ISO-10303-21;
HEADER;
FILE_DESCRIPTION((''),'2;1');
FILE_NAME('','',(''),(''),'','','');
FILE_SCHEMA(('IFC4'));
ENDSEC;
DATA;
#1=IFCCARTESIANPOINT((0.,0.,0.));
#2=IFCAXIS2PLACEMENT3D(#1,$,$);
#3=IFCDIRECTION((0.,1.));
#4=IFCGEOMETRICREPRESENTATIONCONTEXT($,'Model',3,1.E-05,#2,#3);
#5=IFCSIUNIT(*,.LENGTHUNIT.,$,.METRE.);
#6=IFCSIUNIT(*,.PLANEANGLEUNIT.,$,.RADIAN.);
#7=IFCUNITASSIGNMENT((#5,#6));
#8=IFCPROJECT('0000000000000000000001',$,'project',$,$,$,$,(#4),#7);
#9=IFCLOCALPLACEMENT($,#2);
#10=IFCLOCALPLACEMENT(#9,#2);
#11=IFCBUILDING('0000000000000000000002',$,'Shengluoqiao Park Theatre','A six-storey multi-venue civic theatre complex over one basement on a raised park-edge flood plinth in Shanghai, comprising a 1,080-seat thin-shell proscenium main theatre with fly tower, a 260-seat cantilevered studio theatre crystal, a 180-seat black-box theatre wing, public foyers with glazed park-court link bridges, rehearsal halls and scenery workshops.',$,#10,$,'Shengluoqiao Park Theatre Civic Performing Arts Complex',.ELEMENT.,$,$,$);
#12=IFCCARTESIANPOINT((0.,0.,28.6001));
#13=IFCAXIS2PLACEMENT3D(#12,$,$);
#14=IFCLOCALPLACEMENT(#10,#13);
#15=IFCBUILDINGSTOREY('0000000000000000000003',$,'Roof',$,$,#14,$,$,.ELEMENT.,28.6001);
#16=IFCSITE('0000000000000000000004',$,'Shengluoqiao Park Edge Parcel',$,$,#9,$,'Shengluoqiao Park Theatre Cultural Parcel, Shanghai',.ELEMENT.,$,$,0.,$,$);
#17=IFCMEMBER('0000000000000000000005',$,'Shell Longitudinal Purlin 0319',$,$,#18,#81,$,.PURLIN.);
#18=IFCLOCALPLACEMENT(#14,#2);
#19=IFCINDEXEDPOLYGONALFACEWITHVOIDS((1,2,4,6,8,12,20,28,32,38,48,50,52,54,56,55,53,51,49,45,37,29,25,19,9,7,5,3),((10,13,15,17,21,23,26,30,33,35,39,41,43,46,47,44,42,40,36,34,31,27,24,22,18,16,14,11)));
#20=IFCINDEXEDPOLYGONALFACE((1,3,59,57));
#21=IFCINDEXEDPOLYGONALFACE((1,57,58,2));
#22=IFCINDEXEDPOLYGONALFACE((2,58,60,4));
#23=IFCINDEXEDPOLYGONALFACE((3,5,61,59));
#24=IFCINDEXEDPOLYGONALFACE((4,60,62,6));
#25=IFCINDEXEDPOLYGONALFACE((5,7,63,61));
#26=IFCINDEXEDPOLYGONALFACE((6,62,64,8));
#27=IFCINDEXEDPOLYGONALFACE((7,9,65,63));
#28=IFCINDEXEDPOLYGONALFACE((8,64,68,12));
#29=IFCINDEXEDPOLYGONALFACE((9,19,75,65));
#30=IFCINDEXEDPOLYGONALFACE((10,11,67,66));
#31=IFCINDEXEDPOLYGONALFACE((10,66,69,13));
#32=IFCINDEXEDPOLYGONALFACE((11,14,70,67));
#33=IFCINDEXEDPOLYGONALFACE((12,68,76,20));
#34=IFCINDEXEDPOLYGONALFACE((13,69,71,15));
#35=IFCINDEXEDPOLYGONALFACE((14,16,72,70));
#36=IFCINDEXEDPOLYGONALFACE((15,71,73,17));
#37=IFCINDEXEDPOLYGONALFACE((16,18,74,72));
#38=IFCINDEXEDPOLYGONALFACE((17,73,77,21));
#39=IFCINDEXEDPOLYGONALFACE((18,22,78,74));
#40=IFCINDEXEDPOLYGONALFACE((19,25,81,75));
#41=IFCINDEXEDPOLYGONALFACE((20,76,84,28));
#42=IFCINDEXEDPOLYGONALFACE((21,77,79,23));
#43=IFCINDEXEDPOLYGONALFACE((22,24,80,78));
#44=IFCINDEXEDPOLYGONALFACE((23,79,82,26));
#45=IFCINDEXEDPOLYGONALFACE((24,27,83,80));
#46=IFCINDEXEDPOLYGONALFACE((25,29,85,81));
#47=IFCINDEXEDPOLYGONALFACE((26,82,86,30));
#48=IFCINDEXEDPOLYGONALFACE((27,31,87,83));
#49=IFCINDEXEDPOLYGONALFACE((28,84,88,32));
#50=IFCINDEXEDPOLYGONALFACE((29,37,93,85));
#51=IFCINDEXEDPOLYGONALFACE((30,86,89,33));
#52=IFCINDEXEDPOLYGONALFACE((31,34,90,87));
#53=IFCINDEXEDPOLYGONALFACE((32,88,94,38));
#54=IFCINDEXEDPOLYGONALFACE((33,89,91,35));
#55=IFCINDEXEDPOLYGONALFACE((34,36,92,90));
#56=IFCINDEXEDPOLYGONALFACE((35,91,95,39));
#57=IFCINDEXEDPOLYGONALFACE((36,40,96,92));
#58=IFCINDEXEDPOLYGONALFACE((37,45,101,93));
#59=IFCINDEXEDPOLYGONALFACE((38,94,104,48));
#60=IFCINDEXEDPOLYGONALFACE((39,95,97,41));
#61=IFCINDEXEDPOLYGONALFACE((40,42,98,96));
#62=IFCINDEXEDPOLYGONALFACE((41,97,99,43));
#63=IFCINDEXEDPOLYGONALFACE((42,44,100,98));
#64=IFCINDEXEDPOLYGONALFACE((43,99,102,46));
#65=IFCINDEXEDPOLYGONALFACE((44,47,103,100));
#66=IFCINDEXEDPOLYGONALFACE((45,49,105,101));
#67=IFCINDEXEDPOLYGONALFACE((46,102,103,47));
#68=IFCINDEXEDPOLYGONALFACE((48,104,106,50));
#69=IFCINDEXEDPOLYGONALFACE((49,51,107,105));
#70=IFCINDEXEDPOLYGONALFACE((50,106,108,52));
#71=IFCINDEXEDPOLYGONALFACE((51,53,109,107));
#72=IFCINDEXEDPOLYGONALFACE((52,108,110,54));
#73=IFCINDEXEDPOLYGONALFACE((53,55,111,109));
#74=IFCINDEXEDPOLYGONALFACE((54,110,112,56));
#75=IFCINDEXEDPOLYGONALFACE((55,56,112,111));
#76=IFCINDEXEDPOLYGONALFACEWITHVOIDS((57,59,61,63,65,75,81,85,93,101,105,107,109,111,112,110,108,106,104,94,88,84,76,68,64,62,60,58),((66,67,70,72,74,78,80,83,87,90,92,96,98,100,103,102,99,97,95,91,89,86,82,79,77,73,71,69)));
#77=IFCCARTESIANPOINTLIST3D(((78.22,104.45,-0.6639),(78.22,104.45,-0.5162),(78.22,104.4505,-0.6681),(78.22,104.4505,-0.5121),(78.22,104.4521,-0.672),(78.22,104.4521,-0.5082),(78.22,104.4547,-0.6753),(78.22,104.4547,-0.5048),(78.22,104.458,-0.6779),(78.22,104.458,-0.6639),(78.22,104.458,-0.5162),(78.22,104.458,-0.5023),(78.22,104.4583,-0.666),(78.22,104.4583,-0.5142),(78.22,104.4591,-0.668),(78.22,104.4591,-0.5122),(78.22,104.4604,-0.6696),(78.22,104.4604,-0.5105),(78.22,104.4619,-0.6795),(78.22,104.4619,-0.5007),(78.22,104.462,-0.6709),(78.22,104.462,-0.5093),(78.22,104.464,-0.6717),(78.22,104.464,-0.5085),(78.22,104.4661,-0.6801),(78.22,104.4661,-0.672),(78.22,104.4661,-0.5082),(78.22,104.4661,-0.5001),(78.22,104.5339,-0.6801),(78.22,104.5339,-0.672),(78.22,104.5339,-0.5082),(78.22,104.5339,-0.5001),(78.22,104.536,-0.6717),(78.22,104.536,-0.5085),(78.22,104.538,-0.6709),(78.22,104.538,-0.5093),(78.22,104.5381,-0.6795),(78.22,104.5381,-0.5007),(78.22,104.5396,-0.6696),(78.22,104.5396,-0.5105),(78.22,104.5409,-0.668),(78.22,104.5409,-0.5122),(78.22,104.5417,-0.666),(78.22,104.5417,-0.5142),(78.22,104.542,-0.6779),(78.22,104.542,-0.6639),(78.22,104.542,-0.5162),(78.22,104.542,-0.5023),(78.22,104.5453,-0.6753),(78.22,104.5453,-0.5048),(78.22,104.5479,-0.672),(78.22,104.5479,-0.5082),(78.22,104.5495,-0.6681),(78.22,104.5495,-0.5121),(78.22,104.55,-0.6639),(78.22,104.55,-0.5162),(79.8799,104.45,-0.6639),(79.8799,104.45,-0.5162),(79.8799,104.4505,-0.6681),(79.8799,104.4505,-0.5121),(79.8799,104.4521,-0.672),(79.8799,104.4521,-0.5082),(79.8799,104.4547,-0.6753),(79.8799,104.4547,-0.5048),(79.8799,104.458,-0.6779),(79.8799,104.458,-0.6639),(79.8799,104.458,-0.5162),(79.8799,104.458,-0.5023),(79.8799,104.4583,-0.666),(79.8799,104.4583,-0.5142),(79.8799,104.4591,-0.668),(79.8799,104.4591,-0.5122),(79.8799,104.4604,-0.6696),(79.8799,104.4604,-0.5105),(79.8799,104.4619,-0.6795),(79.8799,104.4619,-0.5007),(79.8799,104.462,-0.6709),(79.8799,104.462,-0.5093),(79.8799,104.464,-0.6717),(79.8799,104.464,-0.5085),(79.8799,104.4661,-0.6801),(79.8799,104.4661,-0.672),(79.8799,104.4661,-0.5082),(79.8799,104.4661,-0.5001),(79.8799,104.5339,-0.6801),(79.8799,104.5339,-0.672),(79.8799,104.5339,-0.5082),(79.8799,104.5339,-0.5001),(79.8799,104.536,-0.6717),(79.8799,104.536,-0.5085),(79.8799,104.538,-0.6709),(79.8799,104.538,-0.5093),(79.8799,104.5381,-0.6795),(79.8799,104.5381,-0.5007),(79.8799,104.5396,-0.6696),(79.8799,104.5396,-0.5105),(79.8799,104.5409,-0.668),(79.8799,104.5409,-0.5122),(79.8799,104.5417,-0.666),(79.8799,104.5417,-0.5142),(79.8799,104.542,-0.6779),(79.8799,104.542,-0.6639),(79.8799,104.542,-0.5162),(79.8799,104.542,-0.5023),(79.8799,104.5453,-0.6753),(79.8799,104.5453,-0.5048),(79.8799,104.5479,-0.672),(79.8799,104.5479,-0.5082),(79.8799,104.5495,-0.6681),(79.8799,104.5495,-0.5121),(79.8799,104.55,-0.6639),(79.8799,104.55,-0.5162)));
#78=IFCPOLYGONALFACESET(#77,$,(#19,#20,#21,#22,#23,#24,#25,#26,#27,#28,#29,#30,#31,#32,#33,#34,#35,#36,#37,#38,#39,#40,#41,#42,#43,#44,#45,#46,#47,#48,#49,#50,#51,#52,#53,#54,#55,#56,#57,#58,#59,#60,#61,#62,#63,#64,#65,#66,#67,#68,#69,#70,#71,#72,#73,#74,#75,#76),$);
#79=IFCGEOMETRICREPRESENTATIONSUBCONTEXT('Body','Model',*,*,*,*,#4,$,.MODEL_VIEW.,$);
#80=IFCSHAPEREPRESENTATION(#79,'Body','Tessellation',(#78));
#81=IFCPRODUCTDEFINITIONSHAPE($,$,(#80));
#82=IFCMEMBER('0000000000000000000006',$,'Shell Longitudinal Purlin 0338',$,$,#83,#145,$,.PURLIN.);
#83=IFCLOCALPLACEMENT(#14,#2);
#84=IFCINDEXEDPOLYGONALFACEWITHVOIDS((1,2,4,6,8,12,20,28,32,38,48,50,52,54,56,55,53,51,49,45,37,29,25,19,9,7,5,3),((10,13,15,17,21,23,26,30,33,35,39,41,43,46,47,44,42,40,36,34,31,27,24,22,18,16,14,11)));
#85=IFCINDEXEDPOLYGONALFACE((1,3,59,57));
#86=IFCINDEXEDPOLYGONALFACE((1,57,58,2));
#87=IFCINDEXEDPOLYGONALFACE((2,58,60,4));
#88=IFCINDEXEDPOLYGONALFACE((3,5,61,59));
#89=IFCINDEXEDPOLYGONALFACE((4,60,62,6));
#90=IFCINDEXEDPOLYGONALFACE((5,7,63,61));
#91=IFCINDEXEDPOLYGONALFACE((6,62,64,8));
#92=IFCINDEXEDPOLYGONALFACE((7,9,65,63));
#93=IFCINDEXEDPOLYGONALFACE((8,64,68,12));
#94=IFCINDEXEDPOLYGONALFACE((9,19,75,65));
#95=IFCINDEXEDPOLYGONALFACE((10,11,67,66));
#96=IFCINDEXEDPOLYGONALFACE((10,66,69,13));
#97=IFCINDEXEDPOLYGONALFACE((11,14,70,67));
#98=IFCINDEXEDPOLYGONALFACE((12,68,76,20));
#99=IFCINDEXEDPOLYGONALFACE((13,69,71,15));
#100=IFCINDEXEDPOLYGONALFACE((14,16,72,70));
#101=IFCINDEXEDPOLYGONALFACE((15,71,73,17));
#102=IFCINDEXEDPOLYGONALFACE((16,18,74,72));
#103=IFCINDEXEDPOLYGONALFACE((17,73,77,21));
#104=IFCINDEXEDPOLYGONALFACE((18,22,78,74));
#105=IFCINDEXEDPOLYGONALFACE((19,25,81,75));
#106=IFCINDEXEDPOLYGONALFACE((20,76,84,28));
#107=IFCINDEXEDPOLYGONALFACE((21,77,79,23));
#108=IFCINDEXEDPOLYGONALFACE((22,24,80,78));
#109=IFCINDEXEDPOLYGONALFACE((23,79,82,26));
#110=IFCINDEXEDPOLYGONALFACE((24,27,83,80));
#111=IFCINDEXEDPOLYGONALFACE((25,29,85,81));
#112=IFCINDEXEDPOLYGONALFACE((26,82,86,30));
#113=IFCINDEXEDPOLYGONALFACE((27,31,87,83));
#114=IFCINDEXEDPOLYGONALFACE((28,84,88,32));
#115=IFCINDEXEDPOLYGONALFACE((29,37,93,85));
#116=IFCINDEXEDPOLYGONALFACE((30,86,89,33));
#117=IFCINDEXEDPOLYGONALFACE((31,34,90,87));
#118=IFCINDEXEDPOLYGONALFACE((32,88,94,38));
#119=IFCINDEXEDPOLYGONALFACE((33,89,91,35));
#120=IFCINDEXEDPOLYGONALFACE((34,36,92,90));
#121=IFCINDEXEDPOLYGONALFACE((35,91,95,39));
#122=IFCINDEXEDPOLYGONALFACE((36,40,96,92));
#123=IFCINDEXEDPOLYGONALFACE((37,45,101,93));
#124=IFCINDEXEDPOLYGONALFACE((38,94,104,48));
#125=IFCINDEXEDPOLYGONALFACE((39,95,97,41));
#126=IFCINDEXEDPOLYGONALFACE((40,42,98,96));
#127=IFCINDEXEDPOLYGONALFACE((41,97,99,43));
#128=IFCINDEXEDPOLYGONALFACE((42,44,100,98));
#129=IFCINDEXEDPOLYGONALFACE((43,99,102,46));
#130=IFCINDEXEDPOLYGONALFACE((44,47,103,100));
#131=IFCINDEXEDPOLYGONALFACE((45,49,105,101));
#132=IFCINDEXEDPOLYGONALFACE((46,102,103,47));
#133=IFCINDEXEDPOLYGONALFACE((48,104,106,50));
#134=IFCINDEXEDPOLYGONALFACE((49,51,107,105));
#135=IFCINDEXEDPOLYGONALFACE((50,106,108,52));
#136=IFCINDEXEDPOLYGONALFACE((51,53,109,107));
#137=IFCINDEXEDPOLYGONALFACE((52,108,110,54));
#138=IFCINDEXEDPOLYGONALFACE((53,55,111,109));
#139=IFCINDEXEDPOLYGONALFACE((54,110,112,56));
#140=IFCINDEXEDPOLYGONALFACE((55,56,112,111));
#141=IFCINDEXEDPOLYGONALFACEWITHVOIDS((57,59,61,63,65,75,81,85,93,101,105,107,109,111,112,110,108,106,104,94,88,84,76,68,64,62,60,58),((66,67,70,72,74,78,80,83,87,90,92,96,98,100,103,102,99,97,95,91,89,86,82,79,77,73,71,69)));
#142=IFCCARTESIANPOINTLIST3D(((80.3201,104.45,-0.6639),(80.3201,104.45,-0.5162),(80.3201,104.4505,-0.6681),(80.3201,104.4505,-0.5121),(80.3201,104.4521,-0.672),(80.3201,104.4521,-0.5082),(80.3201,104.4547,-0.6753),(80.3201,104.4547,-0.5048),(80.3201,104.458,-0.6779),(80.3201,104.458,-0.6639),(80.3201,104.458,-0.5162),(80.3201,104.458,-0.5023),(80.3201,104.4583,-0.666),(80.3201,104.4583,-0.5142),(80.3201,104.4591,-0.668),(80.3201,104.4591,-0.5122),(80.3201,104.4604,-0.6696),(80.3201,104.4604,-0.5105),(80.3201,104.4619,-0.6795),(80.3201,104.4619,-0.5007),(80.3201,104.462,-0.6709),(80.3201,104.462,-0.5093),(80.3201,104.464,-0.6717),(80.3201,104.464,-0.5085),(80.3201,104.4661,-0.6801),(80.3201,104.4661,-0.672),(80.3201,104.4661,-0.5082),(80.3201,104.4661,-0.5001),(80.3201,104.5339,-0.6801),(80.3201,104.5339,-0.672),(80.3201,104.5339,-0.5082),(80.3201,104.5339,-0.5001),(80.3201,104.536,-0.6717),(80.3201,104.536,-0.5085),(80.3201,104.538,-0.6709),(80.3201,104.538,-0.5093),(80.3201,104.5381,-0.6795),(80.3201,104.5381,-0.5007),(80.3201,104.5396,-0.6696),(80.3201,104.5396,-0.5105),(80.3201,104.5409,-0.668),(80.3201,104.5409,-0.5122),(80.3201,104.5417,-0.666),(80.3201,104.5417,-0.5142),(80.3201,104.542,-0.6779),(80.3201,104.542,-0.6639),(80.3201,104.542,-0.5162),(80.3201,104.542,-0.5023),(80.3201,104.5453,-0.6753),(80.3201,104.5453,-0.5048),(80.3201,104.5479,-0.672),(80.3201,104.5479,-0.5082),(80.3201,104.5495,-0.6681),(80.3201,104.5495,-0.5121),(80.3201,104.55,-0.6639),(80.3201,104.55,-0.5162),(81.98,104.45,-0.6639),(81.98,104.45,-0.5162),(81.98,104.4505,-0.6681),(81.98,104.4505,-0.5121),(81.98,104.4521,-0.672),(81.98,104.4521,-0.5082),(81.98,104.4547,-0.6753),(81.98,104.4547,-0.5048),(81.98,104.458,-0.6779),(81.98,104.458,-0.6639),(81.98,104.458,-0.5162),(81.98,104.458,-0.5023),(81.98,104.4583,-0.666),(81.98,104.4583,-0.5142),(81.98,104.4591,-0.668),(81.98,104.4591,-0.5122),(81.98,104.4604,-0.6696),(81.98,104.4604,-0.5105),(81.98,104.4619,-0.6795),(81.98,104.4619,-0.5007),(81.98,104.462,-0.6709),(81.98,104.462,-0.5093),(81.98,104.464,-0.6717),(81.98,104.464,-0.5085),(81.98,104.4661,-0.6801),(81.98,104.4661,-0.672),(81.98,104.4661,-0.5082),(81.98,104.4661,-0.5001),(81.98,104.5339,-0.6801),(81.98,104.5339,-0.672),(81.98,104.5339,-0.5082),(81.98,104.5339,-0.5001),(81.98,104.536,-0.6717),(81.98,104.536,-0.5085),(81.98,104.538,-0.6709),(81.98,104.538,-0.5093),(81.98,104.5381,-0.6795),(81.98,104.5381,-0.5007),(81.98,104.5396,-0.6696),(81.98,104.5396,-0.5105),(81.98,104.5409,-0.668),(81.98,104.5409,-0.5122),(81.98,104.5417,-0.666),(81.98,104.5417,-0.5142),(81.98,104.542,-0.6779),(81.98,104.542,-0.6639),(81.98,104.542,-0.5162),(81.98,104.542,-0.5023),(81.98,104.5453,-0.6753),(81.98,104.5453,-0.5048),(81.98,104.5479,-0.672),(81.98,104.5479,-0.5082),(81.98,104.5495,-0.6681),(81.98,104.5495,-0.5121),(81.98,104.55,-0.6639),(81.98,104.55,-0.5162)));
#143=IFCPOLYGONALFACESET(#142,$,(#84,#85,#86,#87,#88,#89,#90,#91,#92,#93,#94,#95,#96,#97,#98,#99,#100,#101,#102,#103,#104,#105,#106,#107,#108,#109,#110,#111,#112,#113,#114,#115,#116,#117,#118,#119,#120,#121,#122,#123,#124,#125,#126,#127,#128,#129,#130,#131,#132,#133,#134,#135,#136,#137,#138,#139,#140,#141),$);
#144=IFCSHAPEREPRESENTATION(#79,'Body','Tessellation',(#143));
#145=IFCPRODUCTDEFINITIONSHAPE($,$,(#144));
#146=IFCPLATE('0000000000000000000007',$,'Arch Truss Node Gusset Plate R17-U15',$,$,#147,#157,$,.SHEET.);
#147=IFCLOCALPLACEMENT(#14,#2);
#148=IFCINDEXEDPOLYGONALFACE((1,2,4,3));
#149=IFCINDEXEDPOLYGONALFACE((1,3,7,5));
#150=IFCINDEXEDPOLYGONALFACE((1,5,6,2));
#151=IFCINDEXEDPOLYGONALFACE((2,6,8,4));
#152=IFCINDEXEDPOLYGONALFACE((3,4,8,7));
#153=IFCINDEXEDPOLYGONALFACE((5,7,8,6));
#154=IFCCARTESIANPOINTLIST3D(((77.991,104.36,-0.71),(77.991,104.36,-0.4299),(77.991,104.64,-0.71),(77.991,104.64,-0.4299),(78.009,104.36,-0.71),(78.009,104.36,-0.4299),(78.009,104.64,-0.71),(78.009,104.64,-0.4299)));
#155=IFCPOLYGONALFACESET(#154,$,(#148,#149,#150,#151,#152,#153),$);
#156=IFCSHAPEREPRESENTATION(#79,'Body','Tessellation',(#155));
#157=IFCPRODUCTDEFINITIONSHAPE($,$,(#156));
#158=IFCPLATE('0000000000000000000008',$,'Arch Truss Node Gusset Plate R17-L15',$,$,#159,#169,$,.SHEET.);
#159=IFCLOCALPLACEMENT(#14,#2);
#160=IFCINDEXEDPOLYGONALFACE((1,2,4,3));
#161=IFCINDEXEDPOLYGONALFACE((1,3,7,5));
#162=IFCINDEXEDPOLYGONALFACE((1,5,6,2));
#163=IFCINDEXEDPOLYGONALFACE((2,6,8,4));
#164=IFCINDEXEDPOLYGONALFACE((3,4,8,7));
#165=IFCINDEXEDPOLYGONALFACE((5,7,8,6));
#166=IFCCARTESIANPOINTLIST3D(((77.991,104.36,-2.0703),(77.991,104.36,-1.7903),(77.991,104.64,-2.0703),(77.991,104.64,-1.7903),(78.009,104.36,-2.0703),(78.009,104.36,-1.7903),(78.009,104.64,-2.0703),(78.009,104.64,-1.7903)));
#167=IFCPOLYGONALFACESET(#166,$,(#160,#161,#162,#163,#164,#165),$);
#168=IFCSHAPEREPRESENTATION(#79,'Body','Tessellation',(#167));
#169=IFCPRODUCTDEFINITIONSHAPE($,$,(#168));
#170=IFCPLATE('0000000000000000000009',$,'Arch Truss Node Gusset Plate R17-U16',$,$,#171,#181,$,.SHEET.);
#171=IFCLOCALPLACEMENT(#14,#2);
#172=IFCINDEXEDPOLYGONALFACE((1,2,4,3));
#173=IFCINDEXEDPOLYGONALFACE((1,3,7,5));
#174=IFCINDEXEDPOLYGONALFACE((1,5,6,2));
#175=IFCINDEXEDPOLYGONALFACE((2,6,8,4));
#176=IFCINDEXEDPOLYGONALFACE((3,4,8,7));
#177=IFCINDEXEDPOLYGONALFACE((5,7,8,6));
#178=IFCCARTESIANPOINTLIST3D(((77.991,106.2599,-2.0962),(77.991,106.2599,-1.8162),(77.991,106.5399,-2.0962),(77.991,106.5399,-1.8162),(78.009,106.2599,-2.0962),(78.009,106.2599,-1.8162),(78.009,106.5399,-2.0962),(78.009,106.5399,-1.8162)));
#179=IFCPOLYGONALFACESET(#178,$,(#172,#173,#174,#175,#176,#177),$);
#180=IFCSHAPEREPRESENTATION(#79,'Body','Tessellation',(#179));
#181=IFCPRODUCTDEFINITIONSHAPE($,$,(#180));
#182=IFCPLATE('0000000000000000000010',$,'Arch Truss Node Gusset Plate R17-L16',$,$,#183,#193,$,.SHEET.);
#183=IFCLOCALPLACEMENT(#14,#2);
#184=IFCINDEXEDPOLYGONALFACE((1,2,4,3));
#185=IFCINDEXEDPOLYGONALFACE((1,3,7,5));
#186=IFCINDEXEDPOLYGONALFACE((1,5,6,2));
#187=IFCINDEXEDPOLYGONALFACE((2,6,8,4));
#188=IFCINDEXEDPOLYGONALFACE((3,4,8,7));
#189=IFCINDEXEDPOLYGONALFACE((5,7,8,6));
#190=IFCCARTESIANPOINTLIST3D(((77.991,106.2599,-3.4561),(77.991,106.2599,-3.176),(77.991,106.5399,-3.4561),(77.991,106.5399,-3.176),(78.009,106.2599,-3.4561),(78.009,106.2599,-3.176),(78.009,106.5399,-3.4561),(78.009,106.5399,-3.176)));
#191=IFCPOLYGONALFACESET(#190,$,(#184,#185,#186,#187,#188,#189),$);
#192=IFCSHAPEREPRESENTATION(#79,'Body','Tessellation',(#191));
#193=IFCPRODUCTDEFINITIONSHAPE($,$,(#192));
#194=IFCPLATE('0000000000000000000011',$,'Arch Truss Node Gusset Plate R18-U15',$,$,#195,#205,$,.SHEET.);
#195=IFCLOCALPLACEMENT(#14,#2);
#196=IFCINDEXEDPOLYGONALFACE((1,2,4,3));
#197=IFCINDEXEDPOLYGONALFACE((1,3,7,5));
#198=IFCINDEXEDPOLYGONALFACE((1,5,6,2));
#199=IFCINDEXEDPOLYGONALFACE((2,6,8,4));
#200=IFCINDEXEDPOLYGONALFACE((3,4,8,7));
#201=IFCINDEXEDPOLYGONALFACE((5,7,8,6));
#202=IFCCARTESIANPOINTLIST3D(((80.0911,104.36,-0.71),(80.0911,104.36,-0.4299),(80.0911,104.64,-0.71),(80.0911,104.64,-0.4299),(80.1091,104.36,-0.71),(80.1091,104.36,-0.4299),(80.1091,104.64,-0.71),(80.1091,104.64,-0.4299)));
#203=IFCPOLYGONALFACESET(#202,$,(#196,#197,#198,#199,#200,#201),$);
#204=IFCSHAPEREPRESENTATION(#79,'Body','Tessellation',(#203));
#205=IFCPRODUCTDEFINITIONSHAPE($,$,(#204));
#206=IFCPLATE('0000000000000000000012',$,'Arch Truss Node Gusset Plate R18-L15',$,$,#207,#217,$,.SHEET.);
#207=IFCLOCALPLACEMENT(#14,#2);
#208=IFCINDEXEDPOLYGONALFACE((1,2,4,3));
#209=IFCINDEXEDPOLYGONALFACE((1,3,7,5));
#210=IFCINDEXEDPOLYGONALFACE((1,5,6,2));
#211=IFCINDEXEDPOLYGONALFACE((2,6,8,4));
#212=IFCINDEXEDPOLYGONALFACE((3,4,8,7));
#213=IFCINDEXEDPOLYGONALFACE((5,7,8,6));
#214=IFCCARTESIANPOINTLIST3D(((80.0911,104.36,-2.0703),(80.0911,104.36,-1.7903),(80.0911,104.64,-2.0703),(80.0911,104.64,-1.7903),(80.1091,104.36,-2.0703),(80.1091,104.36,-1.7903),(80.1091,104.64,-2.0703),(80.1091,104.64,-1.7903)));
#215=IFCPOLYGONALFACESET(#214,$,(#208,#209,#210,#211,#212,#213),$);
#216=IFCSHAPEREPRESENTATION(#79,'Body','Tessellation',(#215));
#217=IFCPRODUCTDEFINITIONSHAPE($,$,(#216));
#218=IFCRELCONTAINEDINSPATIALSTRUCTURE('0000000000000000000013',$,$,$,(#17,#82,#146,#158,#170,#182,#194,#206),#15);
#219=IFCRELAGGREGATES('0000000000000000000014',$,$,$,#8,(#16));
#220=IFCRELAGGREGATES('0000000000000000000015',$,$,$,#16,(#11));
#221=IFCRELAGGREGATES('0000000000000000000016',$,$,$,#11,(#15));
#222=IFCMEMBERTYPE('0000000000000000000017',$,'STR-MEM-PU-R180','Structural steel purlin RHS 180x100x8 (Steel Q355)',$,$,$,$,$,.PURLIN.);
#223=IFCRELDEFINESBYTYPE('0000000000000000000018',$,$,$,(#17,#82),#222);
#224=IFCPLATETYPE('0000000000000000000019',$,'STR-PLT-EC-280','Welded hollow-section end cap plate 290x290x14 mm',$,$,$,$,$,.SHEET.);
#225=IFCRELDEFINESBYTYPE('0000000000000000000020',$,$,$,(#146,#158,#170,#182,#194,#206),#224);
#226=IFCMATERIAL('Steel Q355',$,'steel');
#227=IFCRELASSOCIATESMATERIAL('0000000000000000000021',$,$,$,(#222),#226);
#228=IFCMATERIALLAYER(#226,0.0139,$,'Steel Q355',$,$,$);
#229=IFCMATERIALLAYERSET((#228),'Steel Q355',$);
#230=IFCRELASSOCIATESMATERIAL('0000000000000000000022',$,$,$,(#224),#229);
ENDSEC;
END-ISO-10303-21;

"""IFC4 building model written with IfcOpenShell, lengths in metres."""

from ifc_helpers import new_model, si_unit, direction, frame, origin, origin_2d, place, context, subcontext, project, spatial, rectangle, hollow_rectangle, extrude, material, layer, layer_set, material_profile, profile_set, type_object, element, save


model = new_model("IFC4")

# Units and contexts
model_context = context("Model", 3, precision=1e-05, world=origin(), true_north=direction((0.0, 1.0)))
body_context = subcontext(model_context, "Body", "Model", "MODEL_VIEW")
ifc_project = project(units=[si_unit("LENGTHUNIT", "METRE"), si_unit("PLANEANGLEUNIT", "RADIAN")], contexts=[model_context])

# Site, building, storey
site_placement = place(None, origin())
site = spatial("IfcSite", under=ifc_project, at=site_placement, Name="Shengluoqiao Park Edge Parcel", LongName="Shengluoqiao Park Theatre Cultural Parcel, Shanghai", CompositionType="ELEMENT", RefElevation=0.0)
building_placement = place(site_placement, origin())
building = spatial("IfcBuilding", under=site, at=building_placement, Name="Shengluoqiao Park Theatre", Description="A six-storey multi-venue civic theatre complex over one basement on a raised park-edge flood plinth in Shanghai, comprising a 1,080-seat thin-shell proscenium main theatre with fly tower, a 260-seat cantilevered studio theatre crystal, a 180-seat black-box theatre wing, public foyers with glazed park-court link bridges, rehearsal halls and scenery workshops.", LongName="Shengluoqiao Park Theatre Civic Performing Arts Complex", CompositionType="ELEMENT")
storey_placement = place(building_placement, frame((0.0, 0.0, 28.6001)))
storey = spatial("IfcBuildingStorey", under=building, at=storey_placement, Name="Roof", CompositionType="ELEMENT", Elevation=28.6001)

# Shared definitions
ifc_material_1 = material(Name="Steel Q355", Category="steel")

# Members
ifc_material_profile_1 = material_profile(ifc_material_1, hollow_rectangle(XDim=0.1001, YDim=0.1799, WallThickness=0.0081, InnerFilletRadius=0.0081, OuterFilletRadius=0.0161, at=origin_2d()), Name="RHS 180x100x8")
ifc_profile_set_1 = profile_set([ifc_material_profile_1], Name="Steel Q355")
member_type_1 = type_object("IfcMemberType", Name="STR-MEM-PU-R180", Description="Structural steel purlin RHS 180x100x8 (Steel Q355)", PredefinedType="PURLIN", material=ifc_profile_set_1)
for number, where, z_axis, x_axis, name in (
    (1, (78.22, 104.5, -0.5901), (1.0, 0.0, 0.0), (0.0, 1.0, 0.0), "Shell Longitudinal Purlin 0319"),
    (2, (80.3201, 104.5, -0.5901), (1.0, 0.0, 0.0), (0.0, 1.0, 0.0), "Shell Longitudinal Purlin 0338"),
):
    element("IfcMember", number, at=place(storey_placement, frame(where, z_axis=z_axis, x_axis=x_axis)), inside=storey, type_object=member_type_1, Name=name, PredefinedType="PURLIN", context=body_context, shape_type="SweptSolid", body=[
        extrude(hollow_rectangle(XDim=0.1001, YDim=0.1799, WallThickness=0.0081, InnerFilletRadius=0.0081, OuterFilletRadius=0.0161, at=origin_2d()), origin(), (0.0, 0.0, 1.0), 1.6599),
    ])

# Plates
ifc_layer_1 = layer(ifc_material_1, 0.0139, Name="Steel Q355")
ifc_layer_set_1 = layer_set([ifc_layer_1], Name="Steel Q355")
plate_type_1 = type_object("IfcPlateType", Name="STR-PLT-EC-280", Description="Welded hollow-section end cap plate 290x290x14 mm", PredefinedType="SHEET", material=ifc_layer_set_1)
for number, where, z_axis, x_axis, name in (
    (3, (78.0, 104.5, -0.71), (0.0, 0.0, 1.0), (1.0, 0.0, 0.0), "Arch Truss Node Gusset Plate R17-U15"),
    (4, (78.0, 104.5, -2.0703), (0.0, 0.0, 1.0), (1.0, 0.0, 0.0), "Arch Truss Node Gusset Plate R17-L15"),
    (5, (78.0, 106.3999, -2.0962), (0.0, 0.0, 1.0), (1.0, 0.0, 0.0), "Arch Truss Node Gusset Plate R17-U16"),
    (6, (78.0, 106.3999, -3.4561), (0.0, 0.0, 1.0), (1.0, 0.0, 0.0), "Arch Truss Node Gusset Plate R17-L16"),
    (7, (80.1001, 104.5, -0.71), (0.0, 0.0, 1.0), (1.0, 0.0, 0.0), "Arch Truss Node Gusset Plate R18-U15"),
    (8, (80.1001, 104.5, -2.0703), (0.0, 0.0, 1.0), (1.0, 0.0, 0.0), "Arch Truss Node Gusset Plate R18-L15"),
):
    element("IfcPlate", number, at=place(storey_placement, frame(where, z_axis=z_axis, x_axis=x_axis)), inside=storey, type_object=plate_type_1, Name=name, PredefinedType="SHEET", context=body_context, shape_type="SweptSolid", body=[
        extrude(rectangle(XDim=0.0181, YDim=0.28, at=origin_2d()), origin(), (0.0, 0.0, 1.0), 0.28),
    ])

save(model, "model.ifc")
